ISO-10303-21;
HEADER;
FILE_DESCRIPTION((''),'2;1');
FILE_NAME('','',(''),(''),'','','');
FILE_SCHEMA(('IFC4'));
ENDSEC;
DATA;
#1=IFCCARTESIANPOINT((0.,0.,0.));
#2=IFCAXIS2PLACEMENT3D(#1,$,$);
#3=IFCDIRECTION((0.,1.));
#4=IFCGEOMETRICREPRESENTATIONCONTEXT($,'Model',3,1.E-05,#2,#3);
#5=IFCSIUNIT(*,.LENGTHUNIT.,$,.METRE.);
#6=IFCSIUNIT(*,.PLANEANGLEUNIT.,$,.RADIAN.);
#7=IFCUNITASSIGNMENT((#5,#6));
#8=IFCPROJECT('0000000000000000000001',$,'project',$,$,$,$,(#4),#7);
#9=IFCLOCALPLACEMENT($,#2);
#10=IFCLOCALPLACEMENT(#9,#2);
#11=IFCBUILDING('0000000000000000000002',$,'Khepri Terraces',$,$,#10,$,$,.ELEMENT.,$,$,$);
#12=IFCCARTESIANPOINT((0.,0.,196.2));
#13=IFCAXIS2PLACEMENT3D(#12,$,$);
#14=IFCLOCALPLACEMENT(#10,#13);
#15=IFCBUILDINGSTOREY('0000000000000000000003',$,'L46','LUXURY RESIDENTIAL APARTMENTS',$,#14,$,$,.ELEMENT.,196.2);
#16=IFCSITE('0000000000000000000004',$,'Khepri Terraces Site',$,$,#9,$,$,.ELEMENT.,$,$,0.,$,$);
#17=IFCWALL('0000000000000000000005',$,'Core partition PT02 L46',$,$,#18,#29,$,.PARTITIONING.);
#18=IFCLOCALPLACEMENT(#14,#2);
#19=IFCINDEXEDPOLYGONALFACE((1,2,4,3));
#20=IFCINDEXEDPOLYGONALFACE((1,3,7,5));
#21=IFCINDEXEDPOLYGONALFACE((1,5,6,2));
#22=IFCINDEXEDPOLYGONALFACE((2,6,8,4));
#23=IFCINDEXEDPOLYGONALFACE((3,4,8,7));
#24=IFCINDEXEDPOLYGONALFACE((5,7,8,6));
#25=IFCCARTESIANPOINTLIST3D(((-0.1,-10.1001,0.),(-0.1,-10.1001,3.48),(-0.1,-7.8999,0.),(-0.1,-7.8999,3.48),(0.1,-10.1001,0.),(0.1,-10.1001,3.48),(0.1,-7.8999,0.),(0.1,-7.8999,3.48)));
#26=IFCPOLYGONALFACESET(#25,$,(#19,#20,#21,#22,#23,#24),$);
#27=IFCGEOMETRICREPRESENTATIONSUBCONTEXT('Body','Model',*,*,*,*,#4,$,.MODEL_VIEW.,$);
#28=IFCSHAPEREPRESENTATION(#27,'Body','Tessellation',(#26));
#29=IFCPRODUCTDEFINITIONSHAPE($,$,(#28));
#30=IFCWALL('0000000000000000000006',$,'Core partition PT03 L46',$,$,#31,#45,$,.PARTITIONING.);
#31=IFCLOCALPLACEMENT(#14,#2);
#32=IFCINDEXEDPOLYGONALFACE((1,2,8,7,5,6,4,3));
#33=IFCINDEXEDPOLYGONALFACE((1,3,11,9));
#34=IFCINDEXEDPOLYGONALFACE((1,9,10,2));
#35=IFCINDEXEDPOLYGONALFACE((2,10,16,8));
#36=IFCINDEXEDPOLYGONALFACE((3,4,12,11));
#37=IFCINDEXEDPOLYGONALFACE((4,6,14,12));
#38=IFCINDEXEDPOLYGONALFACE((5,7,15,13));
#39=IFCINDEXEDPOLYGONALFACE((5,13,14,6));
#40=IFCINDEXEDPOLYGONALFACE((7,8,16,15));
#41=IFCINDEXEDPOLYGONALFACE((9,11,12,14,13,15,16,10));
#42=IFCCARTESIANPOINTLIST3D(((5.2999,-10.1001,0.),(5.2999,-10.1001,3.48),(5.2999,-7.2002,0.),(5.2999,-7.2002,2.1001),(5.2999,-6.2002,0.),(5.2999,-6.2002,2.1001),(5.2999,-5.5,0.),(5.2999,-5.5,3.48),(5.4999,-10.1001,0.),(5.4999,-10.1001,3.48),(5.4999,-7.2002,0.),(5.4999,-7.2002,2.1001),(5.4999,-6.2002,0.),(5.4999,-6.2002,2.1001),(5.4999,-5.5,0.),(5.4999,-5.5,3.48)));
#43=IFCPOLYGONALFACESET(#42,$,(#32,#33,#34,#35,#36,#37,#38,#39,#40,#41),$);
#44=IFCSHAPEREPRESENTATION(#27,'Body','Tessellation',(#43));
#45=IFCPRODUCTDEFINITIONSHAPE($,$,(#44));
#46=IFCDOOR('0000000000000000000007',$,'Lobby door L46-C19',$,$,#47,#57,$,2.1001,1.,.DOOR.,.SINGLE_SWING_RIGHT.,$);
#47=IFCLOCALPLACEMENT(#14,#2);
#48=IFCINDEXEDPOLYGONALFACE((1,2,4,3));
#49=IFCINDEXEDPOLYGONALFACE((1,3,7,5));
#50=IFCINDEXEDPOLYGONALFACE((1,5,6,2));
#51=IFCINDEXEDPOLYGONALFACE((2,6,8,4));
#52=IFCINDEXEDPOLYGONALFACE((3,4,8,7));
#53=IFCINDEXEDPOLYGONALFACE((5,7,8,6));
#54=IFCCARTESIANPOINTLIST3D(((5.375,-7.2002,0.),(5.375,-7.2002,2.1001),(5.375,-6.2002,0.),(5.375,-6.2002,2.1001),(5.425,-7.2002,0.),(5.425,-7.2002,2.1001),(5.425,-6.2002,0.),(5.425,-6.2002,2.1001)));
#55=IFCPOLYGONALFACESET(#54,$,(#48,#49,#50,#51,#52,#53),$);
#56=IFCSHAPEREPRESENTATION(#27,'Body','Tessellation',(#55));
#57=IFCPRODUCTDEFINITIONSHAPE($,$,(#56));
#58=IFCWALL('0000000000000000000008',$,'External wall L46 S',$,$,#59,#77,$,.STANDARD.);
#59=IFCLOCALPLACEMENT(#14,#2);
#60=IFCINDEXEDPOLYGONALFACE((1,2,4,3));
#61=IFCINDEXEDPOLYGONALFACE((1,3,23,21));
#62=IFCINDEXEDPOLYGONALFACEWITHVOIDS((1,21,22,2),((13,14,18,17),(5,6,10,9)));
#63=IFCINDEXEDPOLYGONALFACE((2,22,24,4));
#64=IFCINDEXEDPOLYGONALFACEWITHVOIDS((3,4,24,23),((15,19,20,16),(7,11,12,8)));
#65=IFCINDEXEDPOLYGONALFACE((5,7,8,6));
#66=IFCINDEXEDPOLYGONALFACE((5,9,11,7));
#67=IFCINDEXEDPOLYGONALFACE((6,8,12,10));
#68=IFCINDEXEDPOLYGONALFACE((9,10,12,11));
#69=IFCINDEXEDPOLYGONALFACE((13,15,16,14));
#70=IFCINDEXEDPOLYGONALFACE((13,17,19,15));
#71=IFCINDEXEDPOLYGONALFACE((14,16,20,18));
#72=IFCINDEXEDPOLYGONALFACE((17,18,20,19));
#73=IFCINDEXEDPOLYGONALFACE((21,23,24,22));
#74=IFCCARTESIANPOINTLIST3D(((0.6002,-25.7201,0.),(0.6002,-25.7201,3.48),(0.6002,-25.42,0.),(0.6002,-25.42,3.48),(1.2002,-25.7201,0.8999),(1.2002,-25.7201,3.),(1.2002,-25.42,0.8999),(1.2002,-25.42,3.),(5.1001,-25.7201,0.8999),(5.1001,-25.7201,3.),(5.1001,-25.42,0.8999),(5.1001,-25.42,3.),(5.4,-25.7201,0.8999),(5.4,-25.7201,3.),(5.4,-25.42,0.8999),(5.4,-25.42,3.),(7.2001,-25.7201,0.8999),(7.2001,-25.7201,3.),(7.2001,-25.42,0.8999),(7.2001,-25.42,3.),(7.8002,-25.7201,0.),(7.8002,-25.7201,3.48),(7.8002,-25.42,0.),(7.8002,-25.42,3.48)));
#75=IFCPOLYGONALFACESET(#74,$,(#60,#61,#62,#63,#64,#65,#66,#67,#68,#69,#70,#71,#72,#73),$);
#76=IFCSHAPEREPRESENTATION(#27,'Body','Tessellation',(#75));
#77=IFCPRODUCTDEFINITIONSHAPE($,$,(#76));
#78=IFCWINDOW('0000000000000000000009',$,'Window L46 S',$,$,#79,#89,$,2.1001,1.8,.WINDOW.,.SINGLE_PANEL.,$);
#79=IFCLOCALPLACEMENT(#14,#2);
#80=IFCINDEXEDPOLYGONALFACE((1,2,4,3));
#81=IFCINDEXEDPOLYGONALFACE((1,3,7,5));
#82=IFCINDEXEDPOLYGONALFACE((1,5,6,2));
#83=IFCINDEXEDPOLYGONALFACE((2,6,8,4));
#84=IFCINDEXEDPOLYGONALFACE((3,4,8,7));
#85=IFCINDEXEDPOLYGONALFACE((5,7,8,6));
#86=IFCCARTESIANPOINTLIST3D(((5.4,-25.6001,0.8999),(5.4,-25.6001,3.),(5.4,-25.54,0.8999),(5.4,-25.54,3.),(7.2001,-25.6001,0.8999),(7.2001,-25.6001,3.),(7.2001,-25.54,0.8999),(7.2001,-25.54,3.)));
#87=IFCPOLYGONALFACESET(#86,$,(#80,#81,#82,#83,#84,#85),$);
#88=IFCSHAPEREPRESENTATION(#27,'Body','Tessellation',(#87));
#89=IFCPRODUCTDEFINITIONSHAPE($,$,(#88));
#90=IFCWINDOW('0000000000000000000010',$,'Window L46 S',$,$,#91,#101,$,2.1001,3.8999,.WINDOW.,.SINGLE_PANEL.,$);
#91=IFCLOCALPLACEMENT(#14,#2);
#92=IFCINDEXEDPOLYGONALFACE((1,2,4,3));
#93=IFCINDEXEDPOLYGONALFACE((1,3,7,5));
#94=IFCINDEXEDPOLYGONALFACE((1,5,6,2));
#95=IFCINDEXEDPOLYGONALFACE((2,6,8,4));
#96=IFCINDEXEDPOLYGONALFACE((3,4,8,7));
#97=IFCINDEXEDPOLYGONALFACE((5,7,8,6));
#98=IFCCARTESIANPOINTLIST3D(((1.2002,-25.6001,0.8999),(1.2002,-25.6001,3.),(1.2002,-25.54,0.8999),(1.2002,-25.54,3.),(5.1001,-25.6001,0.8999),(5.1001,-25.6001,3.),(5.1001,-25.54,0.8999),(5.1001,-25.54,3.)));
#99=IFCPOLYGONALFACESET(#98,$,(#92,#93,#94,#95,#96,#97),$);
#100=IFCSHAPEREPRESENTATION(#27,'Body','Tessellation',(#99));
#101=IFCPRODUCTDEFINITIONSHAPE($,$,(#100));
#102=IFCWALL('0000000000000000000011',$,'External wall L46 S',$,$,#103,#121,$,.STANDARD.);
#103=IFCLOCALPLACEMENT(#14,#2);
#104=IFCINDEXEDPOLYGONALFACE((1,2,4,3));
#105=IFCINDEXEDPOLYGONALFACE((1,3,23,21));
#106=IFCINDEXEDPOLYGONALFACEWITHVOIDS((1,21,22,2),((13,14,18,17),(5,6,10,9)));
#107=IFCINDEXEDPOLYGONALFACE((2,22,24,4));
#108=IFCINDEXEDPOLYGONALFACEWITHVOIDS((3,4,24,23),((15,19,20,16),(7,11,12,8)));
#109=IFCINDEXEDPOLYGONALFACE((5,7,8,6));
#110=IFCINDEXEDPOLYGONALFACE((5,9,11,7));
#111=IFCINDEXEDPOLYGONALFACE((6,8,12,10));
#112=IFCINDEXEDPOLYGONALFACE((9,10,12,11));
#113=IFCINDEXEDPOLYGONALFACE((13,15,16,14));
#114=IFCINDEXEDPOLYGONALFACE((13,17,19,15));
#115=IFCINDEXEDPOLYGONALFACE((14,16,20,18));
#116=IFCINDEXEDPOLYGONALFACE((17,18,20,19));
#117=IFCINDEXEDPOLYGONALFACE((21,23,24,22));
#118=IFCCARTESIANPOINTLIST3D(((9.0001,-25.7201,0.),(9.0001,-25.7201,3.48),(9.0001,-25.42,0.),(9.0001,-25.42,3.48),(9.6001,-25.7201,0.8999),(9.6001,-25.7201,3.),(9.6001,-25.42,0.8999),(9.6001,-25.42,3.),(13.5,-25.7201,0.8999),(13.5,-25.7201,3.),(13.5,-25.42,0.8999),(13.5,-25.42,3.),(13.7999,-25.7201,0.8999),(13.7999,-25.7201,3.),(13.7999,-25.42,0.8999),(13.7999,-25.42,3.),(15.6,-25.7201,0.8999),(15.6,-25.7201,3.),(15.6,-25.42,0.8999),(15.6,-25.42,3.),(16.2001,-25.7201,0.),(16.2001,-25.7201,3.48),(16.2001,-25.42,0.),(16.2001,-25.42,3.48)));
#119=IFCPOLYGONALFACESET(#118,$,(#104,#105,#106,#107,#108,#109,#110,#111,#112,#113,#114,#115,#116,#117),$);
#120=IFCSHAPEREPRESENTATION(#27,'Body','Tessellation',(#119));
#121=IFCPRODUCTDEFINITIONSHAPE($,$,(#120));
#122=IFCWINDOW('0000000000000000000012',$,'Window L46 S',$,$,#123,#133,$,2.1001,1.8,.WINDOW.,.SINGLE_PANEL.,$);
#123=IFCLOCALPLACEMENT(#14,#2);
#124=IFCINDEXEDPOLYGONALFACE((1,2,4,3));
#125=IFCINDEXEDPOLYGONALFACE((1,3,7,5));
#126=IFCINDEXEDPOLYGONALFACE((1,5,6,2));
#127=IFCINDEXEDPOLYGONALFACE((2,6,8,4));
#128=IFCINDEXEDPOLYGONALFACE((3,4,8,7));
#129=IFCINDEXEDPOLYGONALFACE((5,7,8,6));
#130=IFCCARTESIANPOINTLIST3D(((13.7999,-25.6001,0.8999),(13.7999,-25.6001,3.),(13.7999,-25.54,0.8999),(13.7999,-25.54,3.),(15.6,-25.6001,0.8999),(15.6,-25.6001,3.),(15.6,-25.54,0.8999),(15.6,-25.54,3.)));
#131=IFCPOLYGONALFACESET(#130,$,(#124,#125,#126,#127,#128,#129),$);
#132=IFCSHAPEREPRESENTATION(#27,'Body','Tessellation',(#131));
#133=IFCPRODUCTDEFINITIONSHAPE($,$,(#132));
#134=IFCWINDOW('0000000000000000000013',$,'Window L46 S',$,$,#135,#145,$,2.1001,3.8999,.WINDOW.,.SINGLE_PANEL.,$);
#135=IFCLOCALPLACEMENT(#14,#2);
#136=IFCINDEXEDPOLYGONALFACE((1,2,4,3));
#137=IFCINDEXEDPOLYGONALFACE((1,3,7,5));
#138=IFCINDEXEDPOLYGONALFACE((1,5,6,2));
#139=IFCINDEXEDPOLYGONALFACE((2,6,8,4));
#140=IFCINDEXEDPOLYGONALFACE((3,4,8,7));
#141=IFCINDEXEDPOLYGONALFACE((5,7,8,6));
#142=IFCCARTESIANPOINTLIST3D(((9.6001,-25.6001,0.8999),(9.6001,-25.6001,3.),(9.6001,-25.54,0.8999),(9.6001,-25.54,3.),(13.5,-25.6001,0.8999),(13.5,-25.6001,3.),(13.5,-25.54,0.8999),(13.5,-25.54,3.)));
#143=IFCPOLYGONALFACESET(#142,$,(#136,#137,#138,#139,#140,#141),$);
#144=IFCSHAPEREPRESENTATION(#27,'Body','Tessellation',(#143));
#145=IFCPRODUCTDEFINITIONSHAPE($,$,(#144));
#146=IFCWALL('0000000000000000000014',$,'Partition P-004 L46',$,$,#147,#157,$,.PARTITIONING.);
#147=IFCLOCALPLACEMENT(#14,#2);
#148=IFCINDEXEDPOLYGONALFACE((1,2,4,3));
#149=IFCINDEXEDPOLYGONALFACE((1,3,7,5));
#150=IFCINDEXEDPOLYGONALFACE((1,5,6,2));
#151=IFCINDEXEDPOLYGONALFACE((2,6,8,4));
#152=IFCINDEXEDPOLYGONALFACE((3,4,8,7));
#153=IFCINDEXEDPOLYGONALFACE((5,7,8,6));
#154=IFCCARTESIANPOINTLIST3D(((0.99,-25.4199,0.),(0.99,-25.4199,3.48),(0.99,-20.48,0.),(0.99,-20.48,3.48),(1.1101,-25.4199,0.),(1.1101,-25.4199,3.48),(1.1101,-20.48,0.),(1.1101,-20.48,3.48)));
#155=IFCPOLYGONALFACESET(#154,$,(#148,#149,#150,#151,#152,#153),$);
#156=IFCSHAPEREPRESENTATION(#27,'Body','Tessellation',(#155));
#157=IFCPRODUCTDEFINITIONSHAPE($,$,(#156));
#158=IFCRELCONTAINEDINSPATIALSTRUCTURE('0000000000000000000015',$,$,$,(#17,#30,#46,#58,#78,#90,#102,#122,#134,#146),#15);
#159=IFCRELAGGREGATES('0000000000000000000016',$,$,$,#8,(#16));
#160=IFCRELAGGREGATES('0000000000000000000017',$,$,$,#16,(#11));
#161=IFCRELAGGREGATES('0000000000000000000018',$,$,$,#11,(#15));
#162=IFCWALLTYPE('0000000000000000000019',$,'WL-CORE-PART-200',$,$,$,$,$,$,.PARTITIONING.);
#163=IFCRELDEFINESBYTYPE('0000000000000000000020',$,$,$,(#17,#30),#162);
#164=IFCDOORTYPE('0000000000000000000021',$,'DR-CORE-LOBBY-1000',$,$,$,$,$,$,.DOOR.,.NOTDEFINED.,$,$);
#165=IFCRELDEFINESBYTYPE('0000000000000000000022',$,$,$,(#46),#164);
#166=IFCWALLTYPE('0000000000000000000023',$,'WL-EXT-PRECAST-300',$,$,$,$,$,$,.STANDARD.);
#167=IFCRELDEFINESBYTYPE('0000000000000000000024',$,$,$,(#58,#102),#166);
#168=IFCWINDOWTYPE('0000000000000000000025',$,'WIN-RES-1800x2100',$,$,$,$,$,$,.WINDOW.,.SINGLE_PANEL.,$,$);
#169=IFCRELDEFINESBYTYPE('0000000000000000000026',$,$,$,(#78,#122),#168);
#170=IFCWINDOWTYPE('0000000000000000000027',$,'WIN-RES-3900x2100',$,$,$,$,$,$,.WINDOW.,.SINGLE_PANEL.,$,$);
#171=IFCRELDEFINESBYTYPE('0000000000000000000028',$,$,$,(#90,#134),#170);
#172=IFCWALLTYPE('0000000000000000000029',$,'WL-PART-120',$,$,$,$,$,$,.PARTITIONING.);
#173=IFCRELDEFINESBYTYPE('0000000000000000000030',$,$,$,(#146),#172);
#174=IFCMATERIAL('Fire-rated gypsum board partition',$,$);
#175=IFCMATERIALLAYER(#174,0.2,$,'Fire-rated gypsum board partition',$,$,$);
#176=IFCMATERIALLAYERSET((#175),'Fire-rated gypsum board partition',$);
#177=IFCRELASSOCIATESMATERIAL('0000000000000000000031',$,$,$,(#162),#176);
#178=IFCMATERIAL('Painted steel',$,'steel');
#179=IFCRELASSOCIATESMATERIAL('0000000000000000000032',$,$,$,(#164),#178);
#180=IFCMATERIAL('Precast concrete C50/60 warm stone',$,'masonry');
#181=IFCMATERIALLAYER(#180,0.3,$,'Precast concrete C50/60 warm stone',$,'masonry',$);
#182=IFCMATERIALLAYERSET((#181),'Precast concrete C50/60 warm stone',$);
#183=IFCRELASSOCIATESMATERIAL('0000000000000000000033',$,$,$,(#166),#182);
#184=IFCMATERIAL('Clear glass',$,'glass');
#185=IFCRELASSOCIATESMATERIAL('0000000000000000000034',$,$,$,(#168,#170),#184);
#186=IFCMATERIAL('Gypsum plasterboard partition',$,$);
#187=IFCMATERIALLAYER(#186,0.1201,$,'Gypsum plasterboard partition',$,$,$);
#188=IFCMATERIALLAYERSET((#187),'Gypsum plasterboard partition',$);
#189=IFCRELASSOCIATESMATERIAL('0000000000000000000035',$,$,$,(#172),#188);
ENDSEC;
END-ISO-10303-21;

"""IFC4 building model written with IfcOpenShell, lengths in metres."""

from ifc_helpers import new_model, si_unit, direction, frame, frame_2d, origin, place, context, subcontext, project, spatial, rectangle, extrude, material, layer, layer_set, type_object, element, fill, save


model = new_model("IFC4")

# Units and contexts
model_context = context("Model", 3, precision=1e-05, world=origin(), true_north=direction((0.0, 1.0)))
body_context = subcontext(model_context, "Body", "Model", "MODEL_VIEW")
ifc_project = project(units=[si_unit("LENGTHUNIT", "METRE"), si_unit("PLANEANGLEUNIT", "RADIAN")], contexts=[model_context])

# Site, building, storey
site_placement = place(None, origin())
site = spatial("IfcSite", under=ifc_project, at=site_placement, Name="Khepri Terraces Site", CompositionType="ELEMENT", RefElevation=0.0)
building_placement = place(site_placement, origin())
building = spatial("IfcBuilding", under=site, at=building_placement, Name="Khepri Terraces", CompositionType="ELEMENT")
storey_placement = place(building_placement, frame((0.0, 0.0, 196.2)))
storey = spatial("IfcBuildingStorey", under=building, at=storey_placement, Name="L46", Description="LUXURY RESIDENTIAL APARTMENTS", CompositionType="ELEMENT", Elevation=196.2)

# Wall
ifc_material_1 = material(Name="Fire-rated gypsum board partition")
ifc_layer_1 = layer(ifc_material_1, 0.2, Name="Fire-rated gypsum board partition")
ifc_layer_set_1 = layer_set([ifc_layer_1], Name="Fire-rated gypsum board partition")
wall_type_1 = type_object("IfcWallType", Name="WL-CORE-PART-200", PredefinedType="PARTITIONING", material=ifc_layer_set_1)
wall_1_placement = place(storey_placement, frame((0.0, -10.1001, 0.0), z_axis=(0.0, 0.0, 1.0), x_axis=(0.0, 1.0, 0.0)))
element("IfcWall", 1, at=wall_1_placement, inside=storey, type_object=wall_type_1, Name="Core partition PT02 L46", PredefinedType="PARTITIONING", context=body_context, shape_type="SweptSolid", body=[
    extrude(rectangle(XDim=2.2002, YDim=0.2, at=frame_2d((1.1001, 0.0))), origin(), (0.0, 0.0, 1.0), 3.48),
])

# Wall, opening, door
wall_2_placement = place(storey_placement, frame((5.3999, -10.1001, 0.0), z_axis=(0.0, 0.0, 1.0), x_axis=(0.0, 1.0, 0.0)))
wall_2 = element("IfcWall", 2, at=wall_2_placement, inside=storey, type_object=wall_type_1, Name="Core partition PT03 L46", PredefinedType="PARTITIONING", context=body_context, shape_type="SweptSolid", body=[
    extrude(rectangle(XDim=4.6001, YDim=0.2, at=frame_2d((2.3, 0.0))), origin(), (0.0, 0.0, 1.0), 3.48),
])
opening_1_placement = place(wall_2_placement, frame((2.8999, 0.0, 0.0)))
opening_1 = element("IfcOpeningElement", 3, at=opening_1_placement, cuts=wall_2, PredefinedType="OPENING", context=body_context, shape_type="SweptSolid", body=[
    extrude(rectangle(XDim=1.0, YDim=2.1001, at=frame_2d((0.5, 1.05))), frame((0.0, 0.1099, 0.0), z_axis=(0.0, -1.0, 0.0), x_axis=(1.0, 0.0, 0.0)), (0.0, 0.0, 1.0), 0.22),
])
ifc_material_2 = material(Name="Painted steel", Category="steel")
door_type_1 = type_object("IfcDoorType", Name="DR-CORE-LOBBY-1000", OperationType="NOTDEFINED", PredefinedType="DOOR", material=ifc_material_2)
door_1_placement = place(opening_1_placement, origin())
door_1 = element("IfcDoor", 4, at=door_1_placement, inside=storey, type_object=door_type_1, Name="Lobby door L46-C19", OperationType="SINGLE_SWING_RIGHT", OverallHeight=2.1001, OverallWidth=1.0, PredefinedType="DOOR", context=body_context, shape_type="SweptSolid", body=[
    extrude(rectangle(XDim=1.0, YDim=2.1001, at=frame_2d((0.5, 1.05))), frame((0.0, 0.0249, 0.0), z_axis=(0.0, -1.0, 0.0), x_axis=(1.0, 0.0, 0.0)), (0.0, 0.0, 1.0), 0.05),
])
fill(opening_1, door_1)

# Walls, openings, windows
ifc_material_3 = material(Name="Precast concrete C50/60 warm stone", Category="masonry")
ifc_layer_2 = layer(ifc_material_3, 0.3, Name="Precast concrete C50/60 warm stone", Category="masonry")
ifc_layer_set_2 = layer_set([ifc_layer_2], Name="Precast concrete C50/60 warm stone")
wall_type_2 = type_object("IfcWallType", Name="WL-EXT-PRECAST-300", PredefinedType="STANDARD", material=ifc_layer_set_2)
wall_3_placement = place(storey_placement, frame((0.6001, -25.5701, 0.0), z_axis=(0.0, 0.0, 1.0), x_axis=(1.0, 0.0, 0.0)))
wall_3 = element("IfcWall", 5, at=wall_3_placement, inside=storey, type_object=wall_type_2, Name="External wall L46 S", PredefinedType="STANDARD", context=body_context, shape_type="SweptSolid", body=[
    extrude(rectangle(XDim=7.2, YDim=0.3, at=frame_2d((3.6001, 0.0))), origin(), (0.0, 0.0, 1.0), 3.48),
])
opening_2_placement = place(wall_3_placement, frame((0.6001, 0.0, 0.8999)))
opening_2 = element("IfcOpeningElement", 6, at=opening_2_placement, cuts=wall_3, PredefinedType="OPENING", context=body_context, shape_type="SweptSolid", body=[
    extrude(rectangle(XDim=3.8999, YDim=2.1001, at=frame_2d((1.95, 1.05))), frame((0.0, 0.1602, 0.0), z_axis=(0.0, -1.0, 0.0), x_axis=(1.0, 0.0, 0.0)), (0.0, 0.0, 1.0), 0.3201),
])
opening_3_placement = place(wall_3_placement, frame((4.8, 0.0, 0.8999)))
opening_3 = element("IfcOpeningElement", 7, at=opening_3_placement, cuts=wall_3, PredefinedType="OPENING", context=body_context, shape_type="SweptSolid", body=[
    extrude(rectangle(XDim=1.8, YDim=2.1001, at=frame_2d((0.8999, 1.05))), frame((0.0, 0.1602, 0.0), z_axis=(0.0, -1.0, 0.0), x_axis=(1.0, 0.0, 0.0)), (0.0, 0.0, 1.0), 0.3201),
])
ifc_material_4 = material(Name="Clear glass", Category="glass")
window_type_1 = type_object("IfcWindowType", Name="WIN-RES-1800x2100", PartitioningType="SINGLE_PANEL", PredefinedType="WINDOW", material=ifc_material_4)
window_1_placement = place(opening_3_placement, origin())
window_1 = element("IfcWindow", 8, at=window_1_placement, inside=storey, type_object=window_type_1, Name="Window L46 S", OverallHeight=2.1001, OverallWidth=1.8, PartitioningType="SINGLE_PANEL", PredefinedType="WINDOW", context=body_context, shape_type="SweptSolid", body=[
    extrude(rectangle(XDim=1.8, YDim=2.1001, at=frame_2d((0.8999, 1.05))), frame((0.0, 0.03, 0.0), z_axis=(0.0, -1.0, 0.0), x_axis=(1.0, 0.0, 0.0)), (0.0, 0.0, 1.0), 0.0601),
])
fill(opening_3, window_1)
window_type_2 = type_object("IfcWindowType", Name="WIN-RES-3900x2100", PartitioningType="SINGLE_PANEL", PredefinedType="WINDOW", material=ifc_material_4)
window_2_placement = place(opening_2_placement, origin())
window_2 = element("IfcWindow", 9, at=window_2_placement, inside=storey, type_object=window_type_2, Name="Window L46 S", OverallHeight=2.1001, OverallWidth=3.8999, PartitioningType="SINGLE_PANEL", PredefinedType="WINDOW", context=body_context, shape_type="SweptSolid", body=[
    extrude(rectangle(XDim=3.8999, YDim=2.1001, at=frame_2d((1.95, 1.05))), frame((0.0, 0.03, 0.0), z_axis=(0.0, -1.0, 0.0), x_axis=(1.0, 0.0, 0.0)), (0.0, 0.0, 1.0), 0.0601),
])
fill(opening_2, window_2)
wall_4_placement = place(storey_placement, frame((9.0, -25.5701, 0.0), z_axis=(0.0, 0.0, 1.0), x_axis=(1.0, 0.0, 0.0)))
wall_4 = element("IfcWall", 10, at=wall_4_placement, inside=storey, type_object=wall_type_2, Name="External wall L46 S", PredefinedType="STANDARD", context=body_context, shape_type="SweptSolid", body=[
    extrude(rectangle(XDim=7.2, YDim=0.3, at=frame_2d((3.6001, 0.0))), origin(), (0.0, 0.0, 1.0), 3.48),
])
opening_4_placement = place(wall_4_placement, frame((0.6001, 0.0, 0.8999)))
opening_4 = element("IfcOpeningElement", 11, at=opening_4_placement, cuts=wall_4, PredefinedType="OPENING", context=body_context, shape_type="SweptSolid", body=[
    extrude(rectangle(XDim=3.8999, YDim=2.1001, at=frame_2d((1.95, 1.05))), frame((0.0, 0.1602, 0.0), z_axis=(0.0, -1.0, 0.0), x_axis=(1.0, 0.0, 0.0)), (0.0, 0.0, 1.0), 0.3201),
])
opening_5_placement = place(wall_4_placement, frame((4.8, 0.0, 0.8999)))
opening_5 = element("IfcOpeningElement", 12, at=opening_5_placement, cuts=wall_4, PredefinedType="OPENING", context=body_context, shape_type="SweptSolid", body=[
    extrude(rectangle(XDim=1.8, YDim=2.1001, at=frame_2d((0.8999, 1.05))), frame((0.0, 0.1602, 0.0), z_axis=(0.0, -1.0, 0.0), x_axis=(1.0, 0.0, 0.0)), (0.0, 0.0, 1.0), 0.3201),
])
window_3_placement = place(opening_5_placement, origin())
window_3 = element("IfcWindow", 13, at=window_3_placement, inside=storey, type_object=window_type_1, Name="Window L46 S", OverallHeight=2.1001, OverallWidth=1.8, PartitioningType="SINGLE_PANEL", PredefinedType="WINDOW", context=body_context, shape_type="SweptSolid", body=[
    extrude(rectangle(XDim=1.8, YDim=2.1001, at=frame_2d((0.8999, 1.05))), frame((0.0, 0.03, 0.0), z_axis=(0.0, -1.0, 0.0), x_axis=(1.0, 0.0, 0.0)), (0.0, 0.0, 1.0), 0.0601),
])
fill(opening_5, window_3)
window_4_placement = place(opening_4_placement, origin())
window_4 = element("IfcWindow", 14, at=window_4_placement, inside=storey, type_object=window_type_2, Name="Window L46 S", OverallHeight=2.1001, OverallWidth=3.8999, PartitioningType="SINGLE_PANEL", PredefinedType="WINDOW", context=body_context, shape_type="SweptSolid", body=[
    extrude(rectangle(XDim=3.8999, YDim=2.1001, at=frame_2d((1.95, 1.05))), frame((0.0, 0.03, 0.0), z_axis=(0.0, -1.0, 0.0), x_axis=(1.0, 0.0, 0.0)), (0.0, 0.0, 1.0), 0.0601),
])
fill(opening_4, window_4)

# Wall
ifc_material_5 = material(Name="Gypsum plasterboard partition")
ifc_layer_3 = layer(ifc_material_5, 0.1201, Name="Gypsum plasterboard partition")
ifc_layer_set_3 = layer_set([ifc_layer_3], Name="Gypsum plasterboard partition")
wall_type_3 = type_object("IfcWallType", Name="WL-PART-120", PredefinedType="PARTITIONING", material=ifc_layer_set_3)
wall_5_placement = place(storey_placement, frame((1.05, -25.4199, 0.0), z_axis=(0.0, 0.0, 1.0), x_axis=(0.0, 1.0, 0.0)))
element("IfcWall", 15, at=wall_5_placement, inside=storey, type_object=wall_type_3, Name="Partition P-004 L46", PredefinedType="PARTITIONING", context=body_context, shape_type="SweptSolid", body=[
    extrude(rectangle(XDim=4.9399, YDim=0.1201, at=frame_2d((2.47, 0.0))), origin(), (0.0, 0.0, 1.0), 3.48),
])

save(model, "model.ifc")
